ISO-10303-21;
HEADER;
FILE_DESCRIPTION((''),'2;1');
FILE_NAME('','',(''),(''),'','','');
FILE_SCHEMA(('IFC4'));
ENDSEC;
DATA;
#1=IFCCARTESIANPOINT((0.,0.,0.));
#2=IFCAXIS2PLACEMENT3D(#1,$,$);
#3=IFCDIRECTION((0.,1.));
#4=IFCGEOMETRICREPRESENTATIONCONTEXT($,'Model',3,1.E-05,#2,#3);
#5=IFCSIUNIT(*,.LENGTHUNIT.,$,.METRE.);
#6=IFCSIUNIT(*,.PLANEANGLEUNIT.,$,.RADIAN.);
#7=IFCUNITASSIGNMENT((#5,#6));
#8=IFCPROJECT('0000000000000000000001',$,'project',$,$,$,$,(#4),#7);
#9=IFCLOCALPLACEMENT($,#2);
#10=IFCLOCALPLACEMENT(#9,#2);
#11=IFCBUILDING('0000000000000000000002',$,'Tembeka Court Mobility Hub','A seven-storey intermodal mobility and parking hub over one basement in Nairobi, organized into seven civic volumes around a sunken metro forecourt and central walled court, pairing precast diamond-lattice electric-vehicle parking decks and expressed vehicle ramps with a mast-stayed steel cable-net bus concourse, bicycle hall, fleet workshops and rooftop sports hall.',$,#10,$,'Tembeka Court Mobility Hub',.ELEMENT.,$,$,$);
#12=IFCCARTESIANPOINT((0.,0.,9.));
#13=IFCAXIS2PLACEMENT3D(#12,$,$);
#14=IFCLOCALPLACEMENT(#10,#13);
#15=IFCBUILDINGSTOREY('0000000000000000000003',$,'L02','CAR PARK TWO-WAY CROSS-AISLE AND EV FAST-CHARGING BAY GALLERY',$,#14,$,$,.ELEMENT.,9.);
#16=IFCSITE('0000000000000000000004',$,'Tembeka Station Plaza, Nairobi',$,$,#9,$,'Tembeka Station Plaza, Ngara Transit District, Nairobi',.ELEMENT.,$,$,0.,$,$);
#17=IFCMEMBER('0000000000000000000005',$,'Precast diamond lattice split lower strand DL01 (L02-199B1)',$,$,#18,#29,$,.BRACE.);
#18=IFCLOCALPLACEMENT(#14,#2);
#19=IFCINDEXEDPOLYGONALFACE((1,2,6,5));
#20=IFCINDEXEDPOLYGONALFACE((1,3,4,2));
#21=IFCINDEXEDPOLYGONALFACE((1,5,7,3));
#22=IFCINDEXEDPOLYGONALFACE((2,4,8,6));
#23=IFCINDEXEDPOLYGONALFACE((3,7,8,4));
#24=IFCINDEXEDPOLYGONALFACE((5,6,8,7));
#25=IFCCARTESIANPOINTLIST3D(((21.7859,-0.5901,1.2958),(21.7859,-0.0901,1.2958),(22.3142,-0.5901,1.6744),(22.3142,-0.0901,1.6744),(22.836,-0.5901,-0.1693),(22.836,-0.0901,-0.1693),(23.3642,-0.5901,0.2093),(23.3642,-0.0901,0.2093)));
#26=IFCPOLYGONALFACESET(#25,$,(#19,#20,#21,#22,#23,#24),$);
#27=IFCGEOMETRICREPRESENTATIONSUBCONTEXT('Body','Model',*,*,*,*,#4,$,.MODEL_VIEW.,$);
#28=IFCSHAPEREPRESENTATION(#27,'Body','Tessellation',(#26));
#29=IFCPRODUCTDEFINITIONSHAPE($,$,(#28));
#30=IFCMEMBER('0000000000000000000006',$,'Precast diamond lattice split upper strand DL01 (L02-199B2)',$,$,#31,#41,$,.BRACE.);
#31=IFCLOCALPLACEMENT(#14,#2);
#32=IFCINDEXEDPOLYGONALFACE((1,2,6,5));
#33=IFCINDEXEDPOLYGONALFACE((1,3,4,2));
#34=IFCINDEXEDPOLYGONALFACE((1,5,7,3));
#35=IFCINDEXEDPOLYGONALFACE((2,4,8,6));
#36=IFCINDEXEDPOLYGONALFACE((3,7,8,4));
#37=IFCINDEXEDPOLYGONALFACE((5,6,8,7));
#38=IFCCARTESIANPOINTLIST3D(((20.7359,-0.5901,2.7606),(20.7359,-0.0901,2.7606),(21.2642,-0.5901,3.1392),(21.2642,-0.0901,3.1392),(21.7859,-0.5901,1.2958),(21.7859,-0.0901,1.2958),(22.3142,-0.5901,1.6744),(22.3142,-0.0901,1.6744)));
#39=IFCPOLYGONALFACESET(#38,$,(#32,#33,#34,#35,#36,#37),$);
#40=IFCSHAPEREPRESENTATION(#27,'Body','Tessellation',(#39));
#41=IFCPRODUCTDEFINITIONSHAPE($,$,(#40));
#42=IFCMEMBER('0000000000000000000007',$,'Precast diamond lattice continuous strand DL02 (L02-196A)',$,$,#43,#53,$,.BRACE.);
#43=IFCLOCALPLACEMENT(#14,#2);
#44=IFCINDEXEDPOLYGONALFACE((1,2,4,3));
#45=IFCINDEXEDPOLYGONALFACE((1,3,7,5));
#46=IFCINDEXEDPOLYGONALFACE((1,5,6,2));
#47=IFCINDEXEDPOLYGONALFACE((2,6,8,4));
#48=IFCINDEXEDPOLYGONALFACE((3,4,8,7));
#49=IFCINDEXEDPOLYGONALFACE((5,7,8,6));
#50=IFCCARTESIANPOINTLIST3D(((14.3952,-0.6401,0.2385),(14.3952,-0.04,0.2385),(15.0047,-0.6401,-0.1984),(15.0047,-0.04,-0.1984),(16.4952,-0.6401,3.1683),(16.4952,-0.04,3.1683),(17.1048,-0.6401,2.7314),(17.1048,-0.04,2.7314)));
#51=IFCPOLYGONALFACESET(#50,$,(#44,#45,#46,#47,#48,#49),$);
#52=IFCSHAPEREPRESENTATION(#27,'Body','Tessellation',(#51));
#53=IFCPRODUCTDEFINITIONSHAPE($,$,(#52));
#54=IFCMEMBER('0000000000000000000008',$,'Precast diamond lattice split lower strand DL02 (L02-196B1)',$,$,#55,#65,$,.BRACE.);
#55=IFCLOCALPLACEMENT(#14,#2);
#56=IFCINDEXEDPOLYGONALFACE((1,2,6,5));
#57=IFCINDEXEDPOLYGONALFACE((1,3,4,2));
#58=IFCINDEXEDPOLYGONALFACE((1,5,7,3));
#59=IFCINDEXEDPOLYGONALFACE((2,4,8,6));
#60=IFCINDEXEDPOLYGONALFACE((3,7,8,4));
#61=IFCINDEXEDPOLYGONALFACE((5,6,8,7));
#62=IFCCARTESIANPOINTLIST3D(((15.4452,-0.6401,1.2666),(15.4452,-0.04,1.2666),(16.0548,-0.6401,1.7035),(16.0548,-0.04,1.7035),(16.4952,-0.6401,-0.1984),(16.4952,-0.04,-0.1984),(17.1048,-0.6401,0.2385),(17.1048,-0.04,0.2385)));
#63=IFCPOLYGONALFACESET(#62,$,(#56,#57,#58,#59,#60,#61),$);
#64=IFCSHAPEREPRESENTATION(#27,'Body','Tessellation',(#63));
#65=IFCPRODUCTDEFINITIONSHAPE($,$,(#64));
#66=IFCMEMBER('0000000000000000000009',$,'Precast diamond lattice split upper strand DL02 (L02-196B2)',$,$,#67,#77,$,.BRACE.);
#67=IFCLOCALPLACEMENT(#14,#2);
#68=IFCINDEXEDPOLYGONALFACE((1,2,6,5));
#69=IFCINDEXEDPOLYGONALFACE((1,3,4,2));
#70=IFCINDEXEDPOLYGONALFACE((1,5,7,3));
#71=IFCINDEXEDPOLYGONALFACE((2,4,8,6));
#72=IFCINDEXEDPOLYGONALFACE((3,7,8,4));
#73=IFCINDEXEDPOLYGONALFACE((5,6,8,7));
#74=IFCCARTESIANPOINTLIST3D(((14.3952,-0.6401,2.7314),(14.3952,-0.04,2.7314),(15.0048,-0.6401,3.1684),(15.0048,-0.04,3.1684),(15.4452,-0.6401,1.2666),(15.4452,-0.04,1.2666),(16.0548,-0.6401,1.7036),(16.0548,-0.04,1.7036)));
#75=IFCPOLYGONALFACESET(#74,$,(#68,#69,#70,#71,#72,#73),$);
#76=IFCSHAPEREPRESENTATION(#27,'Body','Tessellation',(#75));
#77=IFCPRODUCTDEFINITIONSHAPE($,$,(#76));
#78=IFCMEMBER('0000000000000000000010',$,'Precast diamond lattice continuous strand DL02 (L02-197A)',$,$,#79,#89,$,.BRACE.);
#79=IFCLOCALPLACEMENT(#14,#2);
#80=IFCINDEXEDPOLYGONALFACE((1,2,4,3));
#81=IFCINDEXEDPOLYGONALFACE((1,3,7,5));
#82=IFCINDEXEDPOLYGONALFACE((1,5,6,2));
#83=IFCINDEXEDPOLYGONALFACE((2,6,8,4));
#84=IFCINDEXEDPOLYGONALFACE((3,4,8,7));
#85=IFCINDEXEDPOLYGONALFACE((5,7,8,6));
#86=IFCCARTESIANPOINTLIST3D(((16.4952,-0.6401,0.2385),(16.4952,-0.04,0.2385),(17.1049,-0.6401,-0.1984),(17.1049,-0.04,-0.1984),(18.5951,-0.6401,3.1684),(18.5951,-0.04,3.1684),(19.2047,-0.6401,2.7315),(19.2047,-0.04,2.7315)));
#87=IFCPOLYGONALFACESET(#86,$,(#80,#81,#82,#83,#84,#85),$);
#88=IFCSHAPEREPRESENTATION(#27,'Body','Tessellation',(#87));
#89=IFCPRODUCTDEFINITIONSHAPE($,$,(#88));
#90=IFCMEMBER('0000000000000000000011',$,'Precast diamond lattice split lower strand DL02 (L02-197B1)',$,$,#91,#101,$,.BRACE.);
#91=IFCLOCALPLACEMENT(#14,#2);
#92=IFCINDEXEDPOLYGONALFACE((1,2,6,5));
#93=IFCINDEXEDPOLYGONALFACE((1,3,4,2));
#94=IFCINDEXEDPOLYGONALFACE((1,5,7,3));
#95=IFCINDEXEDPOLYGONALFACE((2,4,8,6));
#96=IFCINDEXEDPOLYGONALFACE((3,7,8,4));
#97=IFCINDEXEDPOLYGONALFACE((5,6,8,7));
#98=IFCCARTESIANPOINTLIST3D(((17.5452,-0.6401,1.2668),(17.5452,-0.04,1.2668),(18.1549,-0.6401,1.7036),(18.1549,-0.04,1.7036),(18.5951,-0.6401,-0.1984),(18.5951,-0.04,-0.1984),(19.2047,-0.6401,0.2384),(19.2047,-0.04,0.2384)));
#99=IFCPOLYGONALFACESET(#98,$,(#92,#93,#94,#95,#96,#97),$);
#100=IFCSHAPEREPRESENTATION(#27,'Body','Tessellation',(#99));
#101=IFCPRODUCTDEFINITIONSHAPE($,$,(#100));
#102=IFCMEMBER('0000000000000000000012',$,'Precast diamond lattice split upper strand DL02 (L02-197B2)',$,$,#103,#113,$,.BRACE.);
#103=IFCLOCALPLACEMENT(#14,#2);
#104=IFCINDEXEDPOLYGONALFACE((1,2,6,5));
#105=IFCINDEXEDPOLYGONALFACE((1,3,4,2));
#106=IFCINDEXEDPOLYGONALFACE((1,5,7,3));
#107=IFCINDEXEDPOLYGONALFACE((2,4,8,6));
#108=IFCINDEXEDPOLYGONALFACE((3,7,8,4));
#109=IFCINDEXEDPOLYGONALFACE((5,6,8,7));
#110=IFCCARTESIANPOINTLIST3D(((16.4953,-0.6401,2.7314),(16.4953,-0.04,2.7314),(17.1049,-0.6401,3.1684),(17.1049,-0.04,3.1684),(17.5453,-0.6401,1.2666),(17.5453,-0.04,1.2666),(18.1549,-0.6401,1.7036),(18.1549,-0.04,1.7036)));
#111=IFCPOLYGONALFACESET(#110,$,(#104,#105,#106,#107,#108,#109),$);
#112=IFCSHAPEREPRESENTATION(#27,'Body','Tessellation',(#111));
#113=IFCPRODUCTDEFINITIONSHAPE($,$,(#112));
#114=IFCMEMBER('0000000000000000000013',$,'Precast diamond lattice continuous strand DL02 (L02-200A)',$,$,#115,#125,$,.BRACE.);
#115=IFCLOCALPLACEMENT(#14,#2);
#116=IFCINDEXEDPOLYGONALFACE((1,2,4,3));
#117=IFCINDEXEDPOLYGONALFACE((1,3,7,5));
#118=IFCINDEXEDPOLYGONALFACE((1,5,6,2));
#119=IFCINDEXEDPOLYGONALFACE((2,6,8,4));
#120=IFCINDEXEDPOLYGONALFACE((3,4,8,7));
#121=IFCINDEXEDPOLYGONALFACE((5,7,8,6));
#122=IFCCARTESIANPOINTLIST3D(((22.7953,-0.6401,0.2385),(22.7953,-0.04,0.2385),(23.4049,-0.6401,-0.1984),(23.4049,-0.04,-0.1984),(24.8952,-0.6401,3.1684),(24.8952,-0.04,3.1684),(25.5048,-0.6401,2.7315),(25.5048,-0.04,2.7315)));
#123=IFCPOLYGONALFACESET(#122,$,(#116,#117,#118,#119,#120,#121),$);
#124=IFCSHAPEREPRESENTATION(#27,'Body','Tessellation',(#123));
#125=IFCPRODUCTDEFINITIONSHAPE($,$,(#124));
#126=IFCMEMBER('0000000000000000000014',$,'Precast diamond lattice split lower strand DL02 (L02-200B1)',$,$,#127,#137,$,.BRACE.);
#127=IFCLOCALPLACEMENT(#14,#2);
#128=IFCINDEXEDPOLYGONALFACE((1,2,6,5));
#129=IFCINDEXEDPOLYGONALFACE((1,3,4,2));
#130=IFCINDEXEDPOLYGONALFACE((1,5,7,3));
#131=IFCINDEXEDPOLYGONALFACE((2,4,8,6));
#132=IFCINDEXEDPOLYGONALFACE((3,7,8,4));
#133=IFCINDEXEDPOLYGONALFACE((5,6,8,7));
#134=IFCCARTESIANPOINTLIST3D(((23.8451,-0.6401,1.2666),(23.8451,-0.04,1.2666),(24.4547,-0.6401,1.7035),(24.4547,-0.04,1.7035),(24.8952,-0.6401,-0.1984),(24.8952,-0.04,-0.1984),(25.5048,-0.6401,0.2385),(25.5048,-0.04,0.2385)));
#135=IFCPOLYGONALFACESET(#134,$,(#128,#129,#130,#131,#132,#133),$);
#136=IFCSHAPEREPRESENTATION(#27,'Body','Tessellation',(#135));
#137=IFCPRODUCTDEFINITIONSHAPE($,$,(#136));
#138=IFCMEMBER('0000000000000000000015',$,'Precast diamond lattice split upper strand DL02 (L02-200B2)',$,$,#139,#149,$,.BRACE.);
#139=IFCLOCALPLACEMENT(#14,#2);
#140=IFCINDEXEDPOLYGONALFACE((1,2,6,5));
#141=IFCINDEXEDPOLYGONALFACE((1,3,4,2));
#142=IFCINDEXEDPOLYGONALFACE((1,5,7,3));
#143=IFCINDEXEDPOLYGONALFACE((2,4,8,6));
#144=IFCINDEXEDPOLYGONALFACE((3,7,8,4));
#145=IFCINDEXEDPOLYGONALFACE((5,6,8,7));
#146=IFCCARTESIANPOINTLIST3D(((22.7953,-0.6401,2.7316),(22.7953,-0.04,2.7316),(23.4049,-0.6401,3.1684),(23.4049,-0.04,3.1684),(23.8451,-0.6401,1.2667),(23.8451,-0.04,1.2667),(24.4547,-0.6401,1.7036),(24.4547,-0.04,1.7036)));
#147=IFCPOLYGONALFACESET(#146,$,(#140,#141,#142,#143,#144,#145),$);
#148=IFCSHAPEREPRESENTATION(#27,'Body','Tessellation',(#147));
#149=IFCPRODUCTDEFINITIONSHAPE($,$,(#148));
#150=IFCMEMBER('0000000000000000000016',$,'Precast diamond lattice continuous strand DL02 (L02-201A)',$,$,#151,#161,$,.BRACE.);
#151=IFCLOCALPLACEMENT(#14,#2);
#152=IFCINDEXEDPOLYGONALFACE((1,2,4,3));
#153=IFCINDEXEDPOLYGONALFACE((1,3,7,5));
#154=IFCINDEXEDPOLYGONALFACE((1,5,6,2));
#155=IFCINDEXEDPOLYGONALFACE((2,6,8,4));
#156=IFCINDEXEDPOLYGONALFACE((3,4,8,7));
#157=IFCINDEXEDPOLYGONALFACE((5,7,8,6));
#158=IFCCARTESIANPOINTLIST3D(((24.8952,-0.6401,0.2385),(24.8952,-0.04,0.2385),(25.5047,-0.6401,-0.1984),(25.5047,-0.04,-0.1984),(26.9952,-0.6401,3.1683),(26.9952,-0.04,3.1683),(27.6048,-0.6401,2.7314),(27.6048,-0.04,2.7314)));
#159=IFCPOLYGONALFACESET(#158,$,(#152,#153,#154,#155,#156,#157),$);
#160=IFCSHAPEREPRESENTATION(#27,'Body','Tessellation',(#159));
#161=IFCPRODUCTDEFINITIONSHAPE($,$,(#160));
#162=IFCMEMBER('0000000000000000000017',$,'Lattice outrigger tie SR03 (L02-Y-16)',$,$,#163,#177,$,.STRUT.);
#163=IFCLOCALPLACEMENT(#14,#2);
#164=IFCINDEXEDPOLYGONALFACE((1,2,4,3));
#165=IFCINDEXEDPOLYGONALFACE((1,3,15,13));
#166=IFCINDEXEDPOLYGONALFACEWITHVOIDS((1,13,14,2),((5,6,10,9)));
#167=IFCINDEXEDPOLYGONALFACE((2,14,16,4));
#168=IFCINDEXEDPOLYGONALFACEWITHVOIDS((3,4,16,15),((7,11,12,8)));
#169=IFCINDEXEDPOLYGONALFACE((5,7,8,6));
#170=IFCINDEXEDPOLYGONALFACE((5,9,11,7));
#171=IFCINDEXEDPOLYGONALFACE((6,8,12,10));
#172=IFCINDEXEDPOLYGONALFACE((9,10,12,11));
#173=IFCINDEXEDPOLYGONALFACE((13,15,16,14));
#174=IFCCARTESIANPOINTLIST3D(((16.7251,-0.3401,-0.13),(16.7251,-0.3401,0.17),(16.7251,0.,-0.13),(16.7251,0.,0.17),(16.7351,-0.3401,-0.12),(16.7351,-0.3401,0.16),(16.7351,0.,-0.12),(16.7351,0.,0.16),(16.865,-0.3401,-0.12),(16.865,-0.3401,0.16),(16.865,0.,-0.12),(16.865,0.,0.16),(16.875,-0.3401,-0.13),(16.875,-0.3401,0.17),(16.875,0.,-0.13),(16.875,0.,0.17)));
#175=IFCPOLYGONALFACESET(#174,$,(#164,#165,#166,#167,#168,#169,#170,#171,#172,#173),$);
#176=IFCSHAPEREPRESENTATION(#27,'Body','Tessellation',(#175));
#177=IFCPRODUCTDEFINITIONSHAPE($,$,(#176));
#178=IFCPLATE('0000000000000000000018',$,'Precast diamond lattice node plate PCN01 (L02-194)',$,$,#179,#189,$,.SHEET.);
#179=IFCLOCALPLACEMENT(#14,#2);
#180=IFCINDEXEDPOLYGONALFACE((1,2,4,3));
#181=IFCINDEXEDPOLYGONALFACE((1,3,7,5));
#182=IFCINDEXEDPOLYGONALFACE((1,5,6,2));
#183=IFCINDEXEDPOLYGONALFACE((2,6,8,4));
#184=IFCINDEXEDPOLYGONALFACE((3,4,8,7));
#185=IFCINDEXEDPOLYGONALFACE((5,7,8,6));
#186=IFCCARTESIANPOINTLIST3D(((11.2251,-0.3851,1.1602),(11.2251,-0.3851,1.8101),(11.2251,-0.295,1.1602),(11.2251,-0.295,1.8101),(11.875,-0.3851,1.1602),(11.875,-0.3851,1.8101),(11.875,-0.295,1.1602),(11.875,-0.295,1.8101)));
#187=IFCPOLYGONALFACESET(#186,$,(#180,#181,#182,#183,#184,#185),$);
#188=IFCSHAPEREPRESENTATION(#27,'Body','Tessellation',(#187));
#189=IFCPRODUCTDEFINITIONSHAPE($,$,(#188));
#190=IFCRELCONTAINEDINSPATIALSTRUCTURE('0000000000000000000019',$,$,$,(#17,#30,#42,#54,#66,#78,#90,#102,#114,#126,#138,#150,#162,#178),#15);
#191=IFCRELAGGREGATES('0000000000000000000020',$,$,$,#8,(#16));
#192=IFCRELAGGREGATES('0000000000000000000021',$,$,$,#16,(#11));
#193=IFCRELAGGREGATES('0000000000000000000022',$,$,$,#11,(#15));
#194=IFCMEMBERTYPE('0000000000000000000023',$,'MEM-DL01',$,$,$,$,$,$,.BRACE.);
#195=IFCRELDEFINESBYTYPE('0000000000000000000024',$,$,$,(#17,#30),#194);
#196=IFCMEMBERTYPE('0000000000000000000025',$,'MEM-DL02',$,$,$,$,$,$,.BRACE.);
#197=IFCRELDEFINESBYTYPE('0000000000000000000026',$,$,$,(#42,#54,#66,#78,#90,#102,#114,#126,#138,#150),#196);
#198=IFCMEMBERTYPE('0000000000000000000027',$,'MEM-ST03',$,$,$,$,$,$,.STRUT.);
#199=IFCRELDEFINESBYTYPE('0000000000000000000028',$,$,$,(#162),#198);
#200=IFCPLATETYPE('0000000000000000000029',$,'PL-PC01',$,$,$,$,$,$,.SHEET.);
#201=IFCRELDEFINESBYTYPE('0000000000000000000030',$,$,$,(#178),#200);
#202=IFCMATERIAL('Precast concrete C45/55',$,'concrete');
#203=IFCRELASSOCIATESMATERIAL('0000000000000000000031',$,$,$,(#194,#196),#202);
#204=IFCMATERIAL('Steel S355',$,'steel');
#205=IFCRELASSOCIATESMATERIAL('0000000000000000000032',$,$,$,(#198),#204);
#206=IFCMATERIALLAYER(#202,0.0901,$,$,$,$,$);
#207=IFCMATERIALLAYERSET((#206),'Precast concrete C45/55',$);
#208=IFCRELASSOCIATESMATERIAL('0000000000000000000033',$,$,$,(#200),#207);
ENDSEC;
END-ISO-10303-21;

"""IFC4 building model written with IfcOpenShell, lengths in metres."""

from ifc_helpers import new_model, si_unit, direction, frame, origin, origin_2d, place, context, subcontext, project, spatial, rectangle, hollow_rectangle, extrude, material, layer, layer_set, material_profile, profile_set, type_object, element, save


model = new_model("IFC4")

# Units and contexts
model_context = context("Model", 3, precision=1e-05, world=origin(), true_north=direction((0.0, 1.0)))
body_context = subcontext(model_context, "Body", "Model", "MODEL_VIEW")
ifc_project = project(units=[si_unit("LENGTHUNIT", "METRE"), si_unit("PLANEANGLEUNIT", "RADIAN")], contexts=[model_context])

# Site, building, storey
site_placement = place(None, origin())
site = spatial("IfcSite", under=ifc_project, at=site_placement, Name="Tembeka Station Plaza, Nairobi", LongName="Tembeka Station Plaza, Ngara Transit District, Nairobi", CompositionType="ELEMENT", RefElevation=0.0)
building_placement = place(site_placement, origin())
building = spatial("IfcBuilding", under=site, at=building_placement, Name="Tembeka Court Mobility Hub", Description="A seven-storey intermodal mobility and parking hub over one basement in Nairobi, organized into seven civic volumes around a sunken metro forecourt and central walled court, pairing precast diamond-lattice electric-vehicle parking decks and expressed vehicle ramps with a mast-stayed steel cable-net bus concourse, bicycle hall, fleet workshops and rooftop sports hall.", LongName="Tembeka Court Mobility Hub", CompositionType="ELEMENT")
storey_placement = place(building_placement, frame((0.0, 0.0, 9.0)))
storey = spatial("IfcBuildingStorey", under=building, at=storey_placement, Name="L02", Description="CAR PARK TWO-WAY CROSS-AISLE AND EV FAST-CHARGING BAY GALLERY", CompositionType="ELEMENT", Elevation=9.0)

# Shared definitions
ifc_material_1 = material(Name="Steel S355", Category="steel")

# Shared definitions
ifc_material_2 = material(Name="Precast concrete C45/55", Category="concrete")

# Members
ifc_material_profile_1 = material_profile(ifc_material_2, rectangle(XDim=0.5, YDim=0.6499, at=origin_2d()), Name="PC-DIAG 500x650")
ifc_profile_set_1 = profile_set([ifc_material_profile_1], Name="Precast concrete C45/55")
member_type_1 = type_object("IfcMemberType", Name="MEM-DL01", PredefinedType="BRACE", material=ifc_profile_set_1)
member_1_placement = place(storey_placement, frame((23.1001, -0.3401, 0.02), z_axis=(-0.582544, 0.0, 0.812799), x_axis=(0.0, -1.0, 0.0)))
element("IfcMember", 1, at=member_1_placement, inside=storey, type_object=member_type_1, Name="Precast diamond lattice split lower strand DL01 (L02-199B1)", PredefinedType="BRACE", context=body_context, shape_type="SweptSolid", body=[
    extrude(rectangle(XDim=0.5, YDim=0.6499, at=origin_2d()), origin(), (0.0, 0.0, 1.0), 1.8025),
])
member_2_placement = place(storey_placement, frame((22.05, -0.3401, 1.4851), z_axis=(-0.582608, 0.0, 0.812753), x_axis=(0.0, -1.0, 0.0)))
element("IfcMember", 2, at=member_2_placement, inside=storey, type_object=member_type_1, Name="Precast diamond lattice split upper strand DL01 (L02-199B2)", PredefinedType="BRACE", context=body_context, shape_type="SweptSolid", body=[
    extrude(rectangle(XDim=0.5, YDim=0.6499, at=origin_2d()), origin(), (0.0, 0.0, 1.0), 1.8022),
])
ifc_material_profile_2 = material_profile(ifc_material_2, rectangle(XDim=0.6001, YDim=0.75, at=origin_2d()), Name="PC-DIAG 600x750")
ifc_profile_set_2 = profile_set([ifc_material_profile_2], Name="Precast concrete C45/55")
member_type_2 = type_object("IfcMemberType", Name="MEM-DL02", PredefinedType="BRACE", material=ifc_profile_set_2)
member_3_placement = place(storey_placement, frame((14.7, -0.3401, 0.02), z_axis=(0.582576, 0.0, 0.812776), x_axis=(0.0, 1.0, 0.0)))
element("IfcMember", 3, at=member_3_placement, inside=storey, type_object=member_type_2, Name="Precast diamond lattice continuous strand DL02 (L02-196A)", PredefinedType="BRACE", context=body_context, shape_type="SweptSolid", body=[
    extrude(rectangle(XDim=0.6001, YDim=0.75, at=origin_2d()), origin(), (0.0, 0.0, 1.0), 3.6047),
])
member_4_placement = place(storey_placement, frame((16.8, -0.3401, 0.02), z_axis=(-0.582544, 0.0, 0.812799), x_axis=(0.0, -1.0, 0.0)))
element("IfcMember", 4, at=member_4_placement, inside=storey, type_object=member_type_2, Name="Precast diamond lattice split lower strand DL02 (L02-196B1)", PredefinedType="BRACE", context=body_context, shape_type="SweptSolid", body=[
    extrude(rectangle(XDim=0.6001, YDim=0.75, at=origin_2d()), origin(), (0.0, 0.0, 1.0), 1.8025),
])
member_5_placement = place(storey_placement, frame((15.75, -0.3401, 1.4851), z_axis=(-0.582608, 0.0, 0.812753), x_axis=(0.0, -1.0, 0.0)))
element("IfcMember", 5, at=member_5_placement, inside=storey, type_object=member_type_2, Name="Precast diamond lattice split upper strand DL02 (L02-196B2)", PredefinedType="BRACE", context=body_context, shape_type="SweptSolid", body=[
    extrude(rectangle(XDim=0.6001, YDim=0.75, at=origin_2d()), origin(), (0.0, 0.0, 1.0), 1.8022),
])
member_6_placement = place(storey_placement, frame((16.8, -0.3401, 0.02), z_axis=(0.582532, 0.0, 0.812808), x_axis=(0.0, 1.0, 0.0)))
element("IfcMember", 6, at=member_6_placement, inside=storey, type_object=member_type_2, Name="Precast diamond lattice continuous strand DL02 (L02-197A)", PredefinedType="BRACE", context=body_context, shape_type="SweptSolid", body=[
    extrude(rectangle(XDim=0.6001, YDim=0.75, at=origin_2d()), origin(), (0.0, 0.0, 1.0), 3.6047),
])
member_7_placement = place(storey_placement, frame((18.8999, -0.3401, 0.02), z_axis=(-0.582455, 0.0, 0.812863), x_axis=(0.0, -1.0, 0.0)))
element("IfcMember", 7, at=member_7_placement, inside=storey, type_object=member_type_2, Name="Precast diamond lattice split lower strand DL02 (L02-197B1)", PredefinedType="BRACE", context=body_context, shape_type="SweptSolid", body=[
    extrude(rectangle(XDim=0.6001, YDim=0.75, at=origin_2d()), origin(), (0.0, 0.0, 1.0), 1.8025),
])
member_8_placement = place(storey_placement, frame((17.8501, -0.3401, 1.4851), z_axis=(-0.582608, 0.0, 0.812753), x_axis=(0.0, -1.0, 0.0)))
element("IfcMember", 8, at=member_8_placement, inside=storey, type_object=member_type_2, Name="Precast diamond lattice split upper strand DL02 (L02-197B2)", PredefinedType="BRACE", context=body_context, shape_type="SweptSolid", body=[
    extrude(rectangle(XDim=0.6001, YDim=0.75, at=origin_2d()), origin(), (0.0, 0.0, 1.0), 1.8022),
])
member_9_placement = place(storey_placement, frame((23.1001, -0.3401, 0.02), z_axis=(0.582532, 0.0, 0.812808), x_axis=(0.0, 1.0, 0.0)))
element("IfcMember", 9, at=member_9_placement, inside=storey, type_object=member_type_2, Name="Precast diamond lattice continuous strand DL02 (L02-200A)", PredefinedType="BRACE", context=body_context, shape_type="SweptSolid", body=[
    extrude(rectangle(XDim=0.6001, YDim=0.75, at=origin_2d()), origin(), (0.0, 0.0, 1.0), 3.6047),
])
member_10_placement = place(storey_placement, frame((25.2, -0.3401, 0.02), z_axis=(-0.582544, 0.0, 0.812799), x_axis=(0.0, -1.0, 0.0)))
element("IfcMember", 10, at=member_10_placement, inside=storey, type_object=member_type_2, Name="Precast diamond lattice split lower strand DL02 (L02-200B1)", PredefinedType="BRACE", context=body_context, shape_type="SweptSolid", body=[
    extrude(rectangle(XDim=0.6001, YDim=0.75, at=origin_2d()), origin(), (0.0, 0.0, 1.0), 1.8025),
])
member_11_placement = place(storey_placement, frame((24.1499, -0.3401, 1.4851), z_axis=(-0.582519, 0.0, 0.812817), x_axis=(0.0, -1.0, 0.0)))
element("IfcMember", 11, at=member_11_placement, inside=storey, type_object=member_type_2, Name="Precast diamond lattice split upper strand DL02 (L02-200B2)", PredefinedType="BRACE", context=body_context, shape_type="SweptSolid", body=[
    extrude(rectangle(XDim=0.6001, YDim=0.75, at=origin_2d()), origin(), (0.0, 0.0, 1.0), 1.8022),
])
member_12_placement = place(storey_placement, frame((25.2, -0.3401, 0.02), z_axis=(0.582576, 0.0, 0.812776), x_axis=(0.0, 1.0, 0.0)))
element("IfcMember", 12, at=member_12_placement, inside=storey, type_object=member_type_2, Name="Precast diamond lattice continuous strand DL02 (L02-201A)", PredefinedType="BRACE", context=body_context, shape_type="SweptSolid", body=[
    extrude(rectangle(XDim=0.6001, YDim=0.75, at=origin_2d()), origin(), (0.0, 0.0, 1.0), 3.6047),
])
ifc_material_profile_3 = material_profile(ifc_material_1, hollow_rectangle(XDim=0.1499, YDim=0.3, WallThickness=0.01, at=origin_2d()), Name="RHS 300x150x10")
ifc_profile_set_3 = profile_set([ifc_material_profile_3], Name="Steel S355")
member_type_3 = type_object("IfcMemberType", Name="MEM-ST03", PredefinedType="STRUT", material=ifc_profile_set_3)
member_13_placement = place(storey_placement, frame((16.8, 0.0, 0.02), z_axis=(0.0, -1.0, 0.0), x_axis=(1.0, 0.0, 0.0)))
element("IfcMember", 13, at=member_13_placement, inside=storey, type_object=member_type_3, Name="Lattice outrigger tie SR03 (L02-Y-16)", PredefinedType="STRUT", context=body_context, shape_type="SweptSolid", body=[
    extrude(hollow_rectangle(XDim=0.1499, YDim=0.3, WallThickness=0.01, at=origin_2d()), origin(), (0.0, 0.0, 1.0), 0.3401),
])

# Plate
ifc_layer_1 = layer(ifc_material_2, 0.0901)
ifc_layer_set_1 = layer_set([ifc_layer_1], Name="Precast concrete C45/55")
plate_type = type_object("IfcPlateType", Name="PL-PC01", PredefinedType="SHEET", material=ifc_layer_set_1)
for number, where, z_axis, x_axis, name in (
    (14, (11.55, -0.3401, 1.1602), (0.0, 0.0, 1.0), (1.0, 0.0, 0.0), "Precast diamond lattice node plate PCN01 (L02-194)"),
):
    element("IfcPlate", number, at=place(storey_placement, frame(where, z_axis=z_axis, x_axis=x_axis)), inside=storey, type_object=plate_type, Name=name, PredefinedType="SHEET", context=body_context, shape_type="SweptSolid", body=[
        extrude(rectangle(XDim=0.6499, YDim=0.0901, at=origin_2d()), origin(), (0.0, 0.0, 1.0), 0.6499),
    ])

save(model, "model.ifc")
